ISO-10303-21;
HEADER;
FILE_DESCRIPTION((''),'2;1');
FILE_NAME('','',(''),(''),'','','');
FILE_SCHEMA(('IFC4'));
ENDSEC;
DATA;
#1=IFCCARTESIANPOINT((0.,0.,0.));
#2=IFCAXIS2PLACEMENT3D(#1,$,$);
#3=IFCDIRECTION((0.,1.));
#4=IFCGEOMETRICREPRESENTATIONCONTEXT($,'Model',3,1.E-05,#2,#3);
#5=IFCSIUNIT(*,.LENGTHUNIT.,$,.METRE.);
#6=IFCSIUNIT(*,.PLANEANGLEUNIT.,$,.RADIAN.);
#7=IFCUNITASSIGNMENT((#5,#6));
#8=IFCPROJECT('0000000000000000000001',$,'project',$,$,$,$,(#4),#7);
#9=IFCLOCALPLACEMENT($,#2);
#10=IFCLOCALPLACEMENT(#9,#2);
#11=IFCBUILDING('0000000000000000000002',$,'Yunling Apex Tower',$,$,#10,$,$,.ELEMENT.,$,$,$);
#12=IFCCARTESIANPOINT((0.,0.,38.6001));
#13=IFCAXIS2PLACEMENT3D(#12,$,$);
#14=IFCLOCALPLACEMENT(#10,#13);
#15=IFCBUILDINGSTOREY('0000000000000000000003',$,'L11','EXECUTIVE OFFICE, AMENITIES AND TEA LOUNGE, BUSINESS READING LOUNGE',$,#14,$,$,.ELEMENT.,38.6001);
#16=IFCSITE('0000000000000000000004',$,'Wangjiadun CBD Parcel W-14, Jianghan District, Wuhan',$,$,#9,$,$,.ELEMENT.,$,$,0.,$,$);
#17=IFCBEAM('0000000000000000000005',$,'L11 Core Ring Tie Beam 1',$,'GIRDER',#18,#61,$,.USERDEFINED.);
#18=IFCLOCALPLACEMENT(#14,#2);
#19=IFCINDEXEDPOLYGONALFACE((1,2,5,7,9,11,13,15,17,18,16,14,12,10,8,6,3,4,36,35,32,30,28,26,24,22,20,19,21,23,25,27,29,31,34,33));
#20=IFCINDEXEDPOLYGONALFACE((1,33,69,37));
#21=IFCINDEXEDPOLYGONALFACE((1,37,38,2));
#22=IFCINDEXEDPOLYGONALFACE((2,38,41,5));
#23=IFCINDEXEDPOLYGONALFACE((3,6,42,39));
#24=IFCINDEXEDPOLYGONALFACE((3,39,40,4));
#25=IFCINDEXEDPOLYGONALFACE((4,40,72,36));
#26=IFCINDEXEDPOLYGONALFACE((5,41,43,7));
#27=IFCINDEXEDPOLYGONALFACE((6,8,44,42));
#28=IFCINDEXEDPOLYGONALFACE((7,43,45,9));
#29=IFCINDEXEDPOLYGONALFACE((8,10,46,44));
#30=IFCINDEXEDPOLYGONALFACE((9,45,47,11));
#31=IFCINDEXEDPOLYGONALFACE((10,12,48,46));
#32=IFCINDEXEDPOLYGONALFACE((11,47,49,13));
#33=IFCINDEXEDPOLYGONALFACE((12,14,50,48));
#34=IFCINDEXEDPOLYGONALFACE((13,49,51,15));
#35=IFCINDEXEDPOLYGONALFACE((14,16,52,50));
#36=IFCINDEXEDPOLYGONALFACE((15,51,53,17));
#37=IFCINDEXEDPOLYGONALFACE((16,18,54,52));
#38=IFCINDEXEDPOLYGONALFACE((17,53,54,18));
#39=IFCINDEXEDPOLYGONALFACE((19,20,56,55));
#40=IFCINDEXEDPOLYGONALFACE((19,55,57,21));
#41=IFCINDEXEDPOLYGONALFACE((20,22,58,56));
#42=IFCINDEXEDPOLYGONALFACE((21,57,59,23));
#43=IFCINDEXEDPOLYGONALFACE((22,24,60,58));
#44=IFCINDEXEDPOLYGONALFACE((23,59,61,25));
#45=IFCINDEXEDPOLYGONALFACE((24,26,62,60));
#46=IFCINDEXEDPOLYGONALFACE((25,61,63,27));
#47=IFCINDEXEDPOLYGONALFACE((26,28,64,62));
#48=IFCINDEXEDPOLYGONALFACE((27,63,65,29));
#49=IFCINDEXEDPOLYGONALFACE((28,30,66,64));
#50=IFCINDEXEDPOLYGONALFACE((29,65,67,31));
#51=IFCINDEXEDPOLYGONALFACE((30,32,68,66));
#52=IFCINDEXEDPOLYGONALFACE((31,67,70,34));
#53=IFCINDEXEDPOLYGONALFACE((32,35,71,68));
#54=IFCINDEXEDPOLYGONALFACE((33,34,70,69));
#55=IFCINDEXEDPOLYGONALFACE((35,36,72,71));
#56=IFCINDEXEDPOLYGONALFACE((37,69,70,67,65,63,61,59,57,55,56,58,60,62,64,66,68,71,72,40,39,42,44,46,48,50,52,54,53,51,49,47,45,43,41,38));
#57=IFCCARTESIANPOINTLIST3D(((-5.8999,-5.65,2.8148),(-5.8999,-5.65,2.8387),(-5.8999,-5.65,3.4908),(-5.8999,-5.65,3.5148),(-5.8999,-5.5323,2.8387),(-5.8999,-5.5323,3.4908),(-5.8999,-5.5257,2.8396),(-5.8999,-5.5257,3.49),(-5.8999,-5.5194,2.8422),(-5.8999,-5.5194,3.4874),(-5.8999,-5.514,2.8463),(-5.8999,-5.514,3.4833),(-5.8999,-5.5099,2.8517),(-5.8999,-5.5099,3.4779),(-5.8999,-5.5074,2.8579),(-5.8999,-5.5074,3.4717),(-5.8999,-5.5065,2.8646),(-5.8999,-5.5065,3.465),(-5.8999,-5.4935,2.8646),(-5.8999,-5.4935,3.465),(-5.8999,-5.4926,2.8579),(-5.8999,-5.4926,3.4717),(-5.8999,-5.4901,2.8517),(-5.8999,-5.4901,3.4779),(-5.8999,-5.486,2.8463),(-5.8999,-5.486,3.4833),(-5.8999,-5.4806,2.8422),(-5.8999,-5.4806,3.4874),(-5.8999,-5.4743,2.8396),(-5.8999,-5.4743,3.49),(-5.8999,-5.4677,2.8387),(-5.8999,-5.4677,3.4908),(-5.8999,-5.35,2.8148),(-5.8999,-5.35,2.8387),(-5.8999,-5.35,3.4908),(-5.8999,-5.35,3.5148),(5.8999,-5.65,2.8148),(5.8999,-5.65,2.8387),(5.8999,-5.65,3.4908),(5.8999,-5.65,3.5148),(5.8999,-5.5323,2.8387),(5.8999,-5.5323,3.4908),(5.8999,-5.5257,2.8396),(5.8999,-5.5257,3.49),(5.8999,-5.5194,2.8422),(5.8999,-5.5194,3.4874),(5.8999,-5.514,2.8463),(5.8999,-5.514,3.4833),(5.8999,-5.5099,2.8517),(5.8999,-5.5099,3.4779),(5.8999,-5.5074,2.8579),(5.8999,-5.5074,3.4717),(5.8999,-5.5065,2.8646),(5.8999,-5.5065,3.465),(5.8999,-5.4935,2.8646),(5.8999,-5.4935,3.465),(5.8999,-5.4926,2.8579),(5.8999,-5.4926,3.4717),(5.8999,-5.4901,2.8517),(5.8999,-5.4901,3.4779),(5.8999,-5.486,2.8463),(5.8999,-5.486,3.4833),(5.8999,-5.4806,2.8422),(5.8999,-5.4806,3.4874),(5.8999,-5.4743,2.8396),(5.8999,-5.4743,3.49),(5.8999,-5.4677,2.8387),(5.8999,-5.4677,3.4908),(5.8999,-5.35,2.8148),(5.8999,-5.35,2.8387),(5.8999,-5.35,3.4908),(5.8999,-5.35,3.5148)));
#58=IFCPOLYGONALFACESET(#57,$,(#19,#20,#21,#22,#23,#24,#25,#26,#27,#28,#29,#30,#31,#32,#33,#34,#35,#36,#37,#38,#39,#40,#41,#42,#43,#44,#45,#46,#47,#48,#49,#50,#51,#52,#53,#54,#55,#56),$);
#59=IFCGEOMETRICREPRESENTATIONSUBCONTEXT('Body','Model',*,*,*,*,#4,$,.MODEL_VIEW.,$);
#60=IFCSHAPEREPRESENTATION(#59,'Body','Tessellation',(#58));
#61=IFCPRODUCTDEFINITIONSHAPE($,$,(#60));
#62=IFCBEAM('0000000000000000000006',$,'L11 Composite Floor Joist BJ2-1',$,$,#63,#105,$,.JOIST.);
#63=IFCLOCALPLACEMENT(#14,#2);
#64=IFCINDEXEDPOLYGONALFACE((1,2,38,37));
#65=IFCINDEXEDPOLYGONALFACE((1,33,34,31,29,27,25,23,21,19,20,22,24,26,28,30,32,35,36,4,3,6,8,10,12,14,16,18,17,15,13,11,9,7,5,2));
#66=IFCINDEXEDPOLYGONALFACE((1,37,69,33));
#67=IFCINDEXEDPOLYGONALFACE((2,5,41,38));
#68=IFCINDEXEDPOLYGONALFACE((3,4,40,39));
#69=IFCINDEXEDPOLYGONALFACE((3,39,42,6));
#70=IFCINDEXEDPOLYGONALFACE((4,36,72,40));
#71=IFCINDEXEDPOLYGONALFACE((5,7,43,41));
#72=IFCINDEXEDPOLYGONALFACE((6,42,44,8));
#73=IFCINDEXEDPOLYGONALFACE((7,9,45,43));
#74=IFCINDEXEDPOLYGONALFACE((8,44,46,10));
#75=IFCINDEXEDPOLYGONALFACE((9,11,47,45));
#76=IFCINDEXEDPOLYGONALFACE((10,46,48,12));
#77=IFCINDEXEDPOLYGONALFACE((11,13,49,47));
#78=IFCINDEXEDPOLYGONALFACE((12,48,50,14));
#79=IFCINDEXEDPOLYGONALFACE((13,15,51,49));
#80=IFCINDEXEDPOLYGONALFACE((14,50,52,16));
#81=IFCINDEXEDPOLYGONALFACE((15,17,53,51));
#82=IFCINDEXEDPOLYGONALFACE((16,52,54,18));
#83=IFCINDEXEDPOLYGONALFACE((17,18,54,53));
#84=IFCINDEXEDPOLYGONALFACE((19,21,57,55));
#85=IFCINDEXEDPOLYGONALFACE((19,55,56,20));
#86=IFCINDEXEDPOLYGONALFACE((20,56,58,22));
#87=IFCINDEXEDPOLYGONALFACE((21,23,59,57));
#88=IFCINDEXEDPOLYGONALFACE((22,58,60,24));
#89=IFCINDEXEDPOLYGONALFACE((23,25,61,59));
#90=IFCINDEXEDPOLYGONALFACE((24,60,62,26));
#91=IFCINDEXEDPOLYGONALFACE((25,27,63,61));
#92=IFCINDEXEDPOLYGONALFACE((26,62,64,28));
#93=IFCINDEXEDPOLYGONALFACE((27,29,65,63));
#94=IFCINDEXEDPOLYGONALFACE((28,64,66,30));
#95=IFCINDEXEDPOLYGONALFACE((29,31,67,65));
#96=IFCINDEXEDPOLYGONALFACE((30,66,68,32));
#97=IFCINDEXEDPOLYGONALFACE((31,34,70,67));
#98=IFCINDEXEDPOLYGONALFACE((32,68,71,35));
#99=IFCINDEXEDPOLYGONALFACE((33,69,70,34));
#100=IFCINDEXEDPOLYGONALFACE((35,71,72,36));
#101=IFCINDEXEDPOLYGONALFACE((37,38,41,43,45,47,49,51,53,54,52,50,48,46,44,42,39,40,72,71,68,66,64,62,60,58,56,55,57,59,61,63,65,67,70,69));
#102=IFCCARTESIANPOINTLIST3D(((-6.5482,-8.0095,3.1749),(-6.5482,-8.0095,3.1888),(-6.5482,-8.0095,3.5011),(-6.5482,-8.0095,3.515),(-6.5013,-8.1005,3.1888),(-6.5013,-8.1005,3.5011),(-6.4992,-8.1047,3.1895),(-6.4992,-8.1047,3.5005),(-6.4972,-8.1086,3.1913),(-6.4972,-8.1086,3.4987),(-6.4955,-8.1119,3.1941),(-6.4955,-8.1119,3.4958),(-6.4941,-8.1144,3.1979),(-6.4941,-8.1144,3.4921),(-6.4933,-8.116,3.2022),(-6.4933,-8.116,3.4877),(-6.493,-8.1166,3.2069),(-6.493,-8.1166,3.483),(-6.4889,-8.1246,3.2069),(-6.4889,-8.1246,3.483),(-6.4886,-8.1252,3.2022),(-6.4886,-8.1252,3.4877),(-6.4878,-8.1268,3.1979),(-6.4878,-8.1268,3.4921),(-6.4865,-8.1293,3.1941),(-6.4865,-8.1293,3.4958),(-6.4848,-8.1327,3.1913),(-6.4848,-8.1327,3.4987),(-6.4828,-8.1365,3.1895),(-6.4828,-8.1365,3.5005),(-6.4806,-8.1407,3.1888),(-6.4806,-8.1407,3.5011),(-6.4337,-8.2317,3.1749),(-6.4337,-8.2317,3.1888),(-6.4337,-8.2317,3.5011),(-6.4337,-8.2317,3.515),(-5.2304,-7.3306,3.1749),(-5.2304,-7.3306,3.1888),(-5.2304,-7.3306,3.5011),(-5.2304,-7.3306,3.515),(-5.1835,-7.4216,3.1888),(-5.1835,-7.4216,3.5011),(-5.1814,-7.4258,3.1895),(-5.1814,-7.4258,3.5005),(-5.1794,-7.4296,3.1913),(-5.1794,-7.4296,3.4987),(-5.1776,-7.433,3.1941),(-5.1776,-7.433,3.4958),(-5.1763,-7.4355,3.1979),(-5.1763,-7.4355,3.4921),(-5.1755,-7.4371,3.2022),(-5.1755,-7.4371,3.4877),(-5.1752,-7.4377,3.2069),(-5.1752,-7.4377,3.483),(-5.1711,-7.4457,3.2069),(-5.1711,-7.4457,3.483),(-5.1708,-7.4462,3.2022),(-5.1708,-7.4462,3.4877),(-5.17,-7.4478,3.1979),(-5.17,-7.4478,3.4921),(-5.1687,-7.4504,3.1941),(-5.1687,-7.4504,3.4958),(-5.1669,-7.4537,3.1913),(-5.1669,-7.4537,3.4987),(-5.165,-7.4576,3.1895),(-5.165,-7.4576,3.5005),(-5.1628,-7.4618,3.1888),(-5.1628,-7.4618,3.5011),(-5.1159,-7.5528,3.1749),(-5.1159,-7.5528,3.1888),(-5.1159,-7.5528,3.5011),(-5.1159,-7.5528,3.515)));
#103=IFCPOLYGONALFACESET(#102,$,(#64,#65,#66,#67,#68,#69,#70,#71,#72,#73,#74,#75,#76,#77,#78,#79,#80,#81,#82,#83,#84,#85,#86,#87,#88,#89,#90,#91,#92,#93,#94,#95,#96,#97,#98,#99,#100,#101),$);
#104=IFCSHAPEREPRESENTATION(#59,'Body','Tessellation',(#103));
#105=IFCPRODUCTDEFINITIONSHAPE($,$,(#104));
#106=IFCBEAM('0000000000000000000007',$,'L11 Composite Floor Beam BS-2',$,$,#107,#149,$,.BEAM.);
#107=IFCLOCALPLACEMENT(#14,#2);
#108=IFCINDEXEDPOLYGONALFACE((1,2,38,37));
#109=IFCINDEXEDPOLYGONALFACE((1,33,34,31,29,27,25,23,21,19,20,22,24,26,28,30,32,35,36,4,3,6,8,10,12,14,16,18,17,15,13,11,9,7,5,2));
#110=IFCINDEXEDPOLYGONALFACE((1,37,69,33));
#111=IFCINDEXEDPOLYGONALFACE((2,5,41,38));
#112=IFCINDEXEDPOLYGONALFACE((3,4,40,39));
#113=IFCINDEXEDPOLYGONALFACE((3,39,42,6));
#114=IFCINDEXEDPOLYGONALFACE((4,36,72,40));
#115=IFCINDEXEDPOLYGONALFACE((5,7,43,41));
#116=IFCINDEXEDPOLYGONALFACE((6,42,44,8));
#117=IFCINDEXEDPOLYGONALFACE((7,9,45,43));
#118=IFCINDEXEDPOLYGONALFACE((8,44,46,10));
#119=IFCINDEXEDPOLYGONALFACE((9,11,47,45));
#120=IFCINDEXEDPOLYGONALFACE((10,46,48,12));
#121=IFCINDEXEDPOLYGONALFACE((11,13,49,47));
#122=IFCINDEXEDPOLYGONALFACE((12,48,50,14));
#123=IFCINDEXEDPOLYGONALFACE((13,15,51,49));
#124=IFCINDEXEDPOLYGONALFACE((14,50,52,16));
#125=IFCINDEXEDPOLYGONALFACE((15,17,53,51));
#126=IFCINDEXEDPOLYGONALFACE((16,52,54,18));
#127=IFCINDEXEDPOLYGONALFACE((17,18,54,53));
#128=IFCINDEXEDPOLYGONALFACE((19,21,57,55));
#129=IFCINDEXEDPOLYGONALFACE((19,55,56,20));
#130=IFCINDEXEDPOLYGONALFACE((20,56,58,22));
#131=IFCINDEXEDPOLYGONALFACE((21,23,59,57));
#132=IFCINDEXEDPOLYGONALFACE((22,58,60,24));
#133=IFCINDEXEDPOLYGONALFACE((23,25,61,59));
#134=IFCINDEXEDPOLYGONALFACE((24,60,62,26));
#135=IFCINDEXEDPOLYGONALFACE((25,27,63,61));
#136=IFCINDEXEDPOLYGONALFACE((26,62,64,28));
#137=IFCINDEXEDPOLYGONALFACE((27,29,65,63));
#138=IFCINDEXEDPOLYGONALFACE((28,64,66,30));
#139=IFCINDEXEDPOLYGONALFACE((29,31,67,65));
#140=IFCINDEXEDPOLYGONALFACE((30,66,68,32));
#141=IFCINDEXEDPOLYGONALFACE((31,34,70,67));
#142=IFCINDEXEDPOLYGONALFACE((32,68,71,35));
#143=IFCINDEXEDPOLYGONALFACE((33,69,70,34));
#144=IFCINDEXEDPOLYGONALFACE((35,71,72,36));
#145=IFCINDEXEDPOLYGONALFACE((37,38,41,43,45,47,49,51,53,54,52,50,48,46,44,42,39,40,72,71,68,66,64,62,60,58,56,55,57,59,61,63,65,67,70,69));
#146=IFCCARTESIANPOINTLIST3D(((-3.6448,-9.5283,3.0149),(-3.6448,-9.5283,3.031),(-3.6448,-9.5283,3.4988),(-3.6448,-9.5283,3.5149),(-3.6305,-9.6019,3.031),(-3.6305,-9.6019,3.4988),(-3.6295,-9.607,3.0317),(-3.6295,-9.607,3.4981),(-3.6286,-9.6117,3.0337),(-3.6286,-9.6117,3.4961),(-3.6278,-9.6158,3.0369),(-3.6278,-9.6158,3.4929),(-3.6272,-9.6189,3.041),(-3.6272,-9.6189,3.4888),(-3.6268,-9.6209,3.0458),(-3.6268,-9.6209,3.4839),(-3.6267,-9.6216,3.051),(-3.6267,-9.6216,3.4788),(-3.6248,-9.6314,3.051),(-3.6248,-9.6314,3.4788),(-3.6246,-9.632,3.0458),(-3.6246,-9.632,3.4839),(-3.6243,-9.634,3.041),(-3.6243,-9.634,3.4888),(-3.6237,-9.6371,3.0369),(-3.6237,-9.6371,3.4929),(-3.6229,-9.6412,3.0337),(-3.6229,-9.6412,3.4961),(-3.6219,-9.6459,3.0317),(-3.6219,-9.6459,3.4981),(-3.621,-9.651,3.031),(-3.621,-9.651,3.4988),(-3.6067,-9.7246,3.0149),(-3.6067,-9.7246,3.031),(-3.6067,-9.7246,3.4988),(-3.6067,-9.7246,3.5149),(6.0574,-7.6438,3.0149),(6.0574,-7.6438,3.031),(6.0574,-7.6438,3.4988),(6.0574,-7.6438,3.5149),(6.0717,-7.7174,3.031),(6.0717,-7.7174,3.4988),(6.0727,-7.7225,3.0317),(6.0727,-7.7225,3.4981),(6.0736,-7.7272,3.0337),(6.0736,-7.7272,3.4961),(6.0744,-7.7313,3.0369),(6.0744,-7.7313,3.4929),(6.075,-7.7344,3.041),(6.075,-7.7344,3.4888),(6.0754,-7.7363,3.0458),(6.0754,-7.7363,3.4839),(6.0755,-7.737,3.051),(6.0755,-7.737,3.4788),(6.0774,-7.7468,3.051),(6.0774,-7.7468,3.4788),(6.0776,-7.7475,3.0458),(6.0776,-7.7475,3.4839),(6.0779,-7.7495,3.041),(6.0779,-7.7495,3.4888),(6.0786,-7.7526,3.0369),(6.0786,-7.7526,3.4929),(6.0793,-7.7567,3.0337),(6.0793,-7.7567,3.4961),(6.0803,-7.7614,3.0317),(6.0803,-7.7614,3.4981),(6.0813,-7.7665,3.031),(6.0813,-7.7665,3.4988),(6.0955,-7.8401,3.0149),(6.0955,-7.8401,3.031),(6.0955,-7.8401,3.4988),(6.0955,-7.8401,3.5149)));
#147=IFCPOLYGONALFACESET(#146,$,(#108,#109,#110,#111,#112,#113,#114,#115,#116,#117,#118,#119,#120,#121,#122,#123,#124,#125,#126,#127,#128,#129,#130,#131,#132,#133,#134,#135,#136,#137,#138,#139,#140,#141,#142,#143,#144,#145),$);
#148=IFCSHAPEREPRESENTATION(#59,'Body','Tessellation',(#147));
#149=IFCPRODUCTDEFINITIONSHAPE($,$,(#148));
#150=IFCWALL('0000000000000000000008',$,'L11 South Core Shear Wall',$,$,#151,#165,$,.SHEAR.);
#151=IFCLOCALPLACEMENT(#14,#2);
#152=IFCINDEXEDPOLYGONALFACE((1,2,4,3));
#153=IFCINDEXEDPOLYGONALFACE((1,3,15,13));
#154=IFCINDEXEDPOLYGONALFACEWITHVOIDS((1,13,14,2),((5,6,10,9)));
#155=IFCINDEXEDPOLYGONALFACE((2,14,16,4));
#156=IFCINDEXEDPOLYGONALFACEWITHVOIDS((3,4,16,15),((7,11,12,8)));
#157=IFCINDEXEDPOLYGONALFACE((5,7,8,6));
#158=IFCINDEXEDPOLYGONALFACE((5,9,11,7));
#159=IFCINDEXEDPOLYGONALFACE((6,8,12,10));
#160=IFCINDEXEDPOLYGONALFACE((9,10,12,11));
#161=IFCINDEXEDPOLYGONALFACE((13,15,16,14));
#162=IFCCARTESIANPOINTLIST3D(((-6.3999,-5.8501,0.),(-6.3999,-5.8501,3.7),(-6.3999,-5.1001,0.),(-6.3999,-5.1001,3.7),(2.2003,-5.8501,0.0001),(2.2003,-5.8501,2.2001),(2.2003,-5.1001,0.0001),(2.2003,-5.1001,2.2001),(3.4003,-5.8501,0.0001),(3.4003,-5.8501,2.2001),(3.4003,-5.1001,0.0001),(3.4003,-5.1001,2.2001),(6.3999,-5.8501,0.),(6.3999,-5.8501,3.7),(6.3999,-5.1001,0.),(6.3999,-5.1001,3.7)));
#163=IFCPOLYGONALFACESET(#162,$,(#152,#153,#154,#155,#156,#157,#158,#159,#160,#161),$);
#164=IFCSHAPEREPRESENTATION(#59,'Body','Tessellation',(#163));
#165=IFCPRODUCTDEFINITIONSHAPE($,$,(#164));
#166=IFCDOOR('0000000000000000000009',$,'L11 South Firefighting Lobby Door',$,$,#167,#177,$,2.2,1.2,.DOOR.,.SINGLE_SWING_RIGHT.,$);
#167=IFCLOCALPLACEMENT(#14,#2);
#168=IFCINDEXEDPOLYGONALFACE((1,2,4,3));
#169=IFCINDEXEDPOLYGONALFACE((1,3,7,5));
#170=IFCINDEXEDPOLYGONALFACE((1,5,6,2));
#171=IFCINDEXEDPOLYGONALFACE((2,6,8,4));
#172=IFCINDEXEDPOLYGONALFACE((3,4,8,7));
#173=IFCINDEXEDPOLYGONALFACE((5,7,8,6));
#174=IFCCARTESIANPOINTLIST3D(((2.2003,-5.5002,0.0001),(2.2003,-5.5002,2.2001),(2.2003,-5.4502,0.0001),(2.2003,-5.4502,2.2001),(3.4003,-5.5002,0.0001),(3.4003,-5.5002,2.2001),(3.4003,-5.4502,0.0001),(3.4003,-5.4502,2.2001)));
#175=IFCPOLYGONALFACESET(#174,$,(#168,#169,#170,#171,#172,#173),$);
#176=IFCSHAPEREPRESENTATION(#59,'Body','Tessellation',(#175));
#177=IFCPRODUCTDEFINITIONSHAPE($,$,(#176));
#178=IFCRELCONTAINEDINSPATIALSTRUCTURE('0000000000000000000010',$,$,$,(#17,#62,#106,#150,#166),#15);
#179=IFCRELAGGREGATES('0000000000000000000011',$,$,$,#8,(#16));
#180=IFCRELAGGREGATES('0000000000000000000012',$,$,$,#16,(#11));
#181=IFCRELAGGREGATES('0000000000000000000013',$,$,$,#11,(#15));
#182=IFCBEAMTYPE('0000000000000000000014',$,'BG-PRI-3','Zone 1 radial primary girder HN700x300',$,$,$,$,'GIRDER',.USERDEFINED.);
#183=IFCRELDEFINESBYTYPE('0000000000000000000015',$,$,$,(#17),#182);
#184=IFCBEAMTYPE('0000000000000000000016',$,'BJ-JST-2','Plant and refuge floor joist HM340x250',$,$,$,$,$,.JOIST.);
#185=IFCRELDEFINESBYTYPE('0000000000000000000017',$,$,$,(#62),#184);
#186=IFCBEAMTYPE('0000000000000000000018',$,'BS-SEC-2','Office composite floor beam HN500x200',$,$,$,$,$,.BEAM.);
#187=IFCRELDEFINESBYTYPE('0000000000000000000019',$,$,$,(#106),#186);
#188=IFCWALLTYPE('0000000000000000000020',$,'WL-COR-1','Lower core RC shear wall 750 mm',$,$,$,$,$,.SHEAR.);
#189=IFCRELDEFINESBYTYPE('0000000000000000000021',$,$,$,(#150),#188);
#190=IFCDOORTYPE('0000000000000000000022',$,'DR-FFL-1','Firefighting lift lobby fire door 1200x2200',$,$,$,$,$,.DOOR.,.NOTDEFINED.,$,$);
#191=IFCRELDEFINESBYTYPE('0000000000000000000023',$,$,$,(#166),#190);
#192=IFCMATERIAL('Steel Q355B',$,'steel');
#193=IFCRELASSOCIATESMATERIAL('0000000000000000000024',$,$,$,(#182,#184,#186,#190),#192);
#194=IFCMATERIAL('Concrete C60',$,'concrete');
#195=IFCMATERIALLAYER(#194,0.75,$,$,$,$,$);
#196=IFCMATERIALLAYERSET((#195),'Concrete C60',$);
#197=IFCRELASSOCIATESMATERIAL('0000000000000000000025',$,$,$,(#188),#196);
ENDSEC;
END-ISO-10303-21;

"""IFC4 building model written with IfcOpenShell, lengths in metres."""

from ifc_helpers import new_model, si_unit, direction, frame, frame_2d, origin, origin_2d, place, context, subcontext, project, spatial, rectangle, i_section, extrude, source, transform, mapped, material, layer, layer_set, material_profile, profile_set, type_object, element, fill, save


model = new_model("IFC4")

# Units and contexts
model_context = context("Model", 3, precision=1e-05, world=origin(), true_north=direction((0.0, 1.0)))
body_context = subcontext(model_context, "Body", "Model", "MODEL_VIEW")
ifc_project = project(units=[si_unit("LENGTHUNIT", "METRE"), si_unit("PLANEANGLEUNIT", "RADIAN")], contexts=[model_context])

# Site, building, storey
site_placement = place(None, origin())
site = spatial("IfcSite", under=ifc_project, at=site_placement, Name="Wangjiadun CBD Parcel W-14, Jianghan District, Wuhan", CompositionType="ELEMENT", RefElevation=0.0)
building_placement = place(site_placement, origin())
building = spatial("IfcBuilding", under=site, at=building_placement, Name="Yunling Apex Tower", CompositionType="ELEMENT")
storey_placement = place(building_placement, frame((0.0, 0.0, 38.6001)))
storey = spatial("IfcBuildingStorey", under=building, at=storey_placement, Name="L11", Description="EXECUTIVE OFFICE, AMENITIES AND TEA LOUNGE, BUSINESS READING LOUNGE", CompositionType="ELEMENT", Elevation=38.6001)

# Shared definitions
ifc_material_1 = material(Name="Concrete C60", Category="concrete")

# Beams
ifc_material_2 = material(Name="Steel Q355B", Category="steel")
ifc_material_profile_1 = material_profile(ifc_material_2, i_section(OverallWidth=0.3, OverallDepth=0.7, WebThickness=0.0129, FlangeThickness=0.0239, FilletRadius=0.0259, at=origin_2d()))
ifc_profile_set_1 = profile_set([ifc_material_profile_1], Name="Steel Q355B")
beam_type_1 = type_object("IfcBeamType", Name="BG-PRI-3", Description="Zone 1 radial primary girder HN700x300", ElementType="GIRDER", PredefinedType="USERDEFINED", material=ifc_profile_set_1)
shared_shape_1 = source(origin(), body_context, "Body", "SweptSolid", [
    extrude(i_section(OverallWidth=0.3, OverallDepth=0.7, WebThickness=0.0129, FlangeThickness=0.0239, FilletRadius=0.0259, at=origin_2d()), origin(), (0.0, 0.0, 1.0), 11.7998),
])
beam_1_placement = place(storey_placement, frame((-5.8999, -5.5, 3.1648), z_axis=(1.0, 0.0, 0.0), x_axis=(0.0, 1.0, 0.0)))
element("IfcBeam", 1, at=beam_1_placement, inside=storey, type_object=beam_type_1, Name="L11 Core Ring Tie Beam 1", ObjectType="GIRDER", PredefinedType="USERDEFINED", context=body_context, shape_type="MappedRepresentation", body=[
    mapped(shared_shape_1, transform((0.0, 0.0, 0.0), scale=1.0)),
])
ifc_material_profile_2 = material_profile(ifc_material_2, i_section(OverallWidth=0.25, OverallDepth=0.3401, WebThickness=0.009, FlangeThickness=0.0139, FilletRadius=0.0181, at=origin_2d()))
ifc_profile_set_2 = profile_set([ifc_material_profile_2], Name="Steel Q355B")
beam_type_2 = type_object("IfcBeamType", Name="BJ-JST-2", Description="Plant and refuge floor joist HM340x250", PredefinedType="JOIST", material=ifc_profile_set_2)
shared_shape_2 = source(origin(), body_context, "Body", "SweptSolid", [
    extrude(i_section(OverallWidth=0.25, OverallDepth=0.3401, WebThickness=0.009, FlangeThickness=0.0139, FilletRadius=0.0181, at=origin_2d()), origin(), (0.0, 0.0, 1.0), 1.4824),
])
beam_2_placement = place(storey_placement, frame((-6.491, -8.1206, 3.345), z_axis=(0.88896, 0.457984, 0.0), x_axis=(-0.457984, 0.88896, 0.0)))
element("IfcBeam", 2, at=beam_2_placement, inside=storey, type_object=beam_type_2, Name="L11 Composite Floor Joist BJ2-1", PredefinedType="JOIST", context=body_context, shape_type="MappedRepresentation", body=[
    mapped(shared_shape_2, transform((0.0, 0.0, 0.0), scale=1.0)),
])
ifc_material_profile_3 = material_profile(ifc_material_2, i_section(OverallWidth=0.2, OverallDepth=0.5, WebThickness=0.01, FlangeThickness=0.0161, FilletRadius=0.02, at=origin_2d()))
ifc_profile_set_3 = profile_set([ifc_material_profile_3], Name="Steel Q355B")
beam_type_3 = type_object("IfcBeamType", Name="BS-SEC-2", Description="Office composite floor beam HN500x200", PredefinedType="BEAM", material=ifc_profile_set_3)
shared_shape_3 = source(origin(), body_context, "Body", "SweptSolid", [
    extrude(i_section(OverallWidth=0.2, OverallDepth=0.5, WebThickness=0.01, FlangeThickness=0.0161, FilletRadius=0.02, at=origin_2d()), origin(), (0.0, 0.0, 1.0), 9.8835),
])
beam_3_placement = place(storey_placement, frame((-3.6257, -9.6265, 3.2649), z_axis=(0.981653, 0.190674, 0.0), x_axis=(-0.190674, 0.981653, 0.0)))
element("IfcBeam", 3, at=beam_3_placement, inside=storey, type_object=beam_type_3, Name="L11 Composite Floor Beam BS-2", PredefinedType="BEAM", context=body_context, shape_type="MappedRepresentation", body=[
    mapped(shared_shape_3, transform((0.0, 0.0, 0.0), scale=1.0)),
])

# Wall, opening, door
ifc_layer_1 = layer(ifc_material_1, 0.75)
ifc_layer_set_1 = layer_set([ifc_layer_1], Name="Concrete C60")
wall_type_1 = type_object("IfcWallType", Name="WL-COR-1", Description="Lower core RC shear wall 750 mm", PredefinedType="SHEAR", material=ifc_layer_set_1)
wall_1_placement = place(storey_placement, frame((-6.3999, -5.4751, 0.0), z_axis=(0.0, 0.0, 1.0), x_axis=(1.0, 0.0, 0.0)))
wall_1 = element("IfcWall", 4, at=wall_1_placement, inside=storey, type_object=wall_type_1, Name="L11 South Core Shear Wall", PredefinedType="SHEAR", context=body_context, shape_type="SweptSolid", body=[
    extrude(rectangle(XDim=12.7998, YDim=0.75, at=frame_2d((6.3999, 0.0))), origin(), (0.0, 0.0, 1.0), 3.7),
])
opening_1_placement = place(wall_1_placement, frame((8.6001, 0.0, 0.0)))
opening_1 = element("IfcOpeningElement", 5, at=opening_1_placement, cuts=wall_1, PredefinedType="OPENING", context=body_context, shape_type="SweptSolid", body=[
    extrude(rectangle(XDim=1.2, YDim=2.2, at=frame_2d((0.6001, 1.1001))), frame((0.0, 0.385, 0.0), z_axis=(0.0, -1.0, 0.0), x_axis=(1.0, 0.0, 0.0)), (0.0, 0.0, 1.0), 0.77),
])
door_type_1 = type_object("IfcDoorType", Name="DR-FFL-1", Description="Firefighting lift lobby fire door 1200x2200", OperationType="NOTDEFINED", PredefinedType="DOOR", material=ifc_material_2)
door_1_placement = place(opening_1_placement, origin())
door_1 = element("IfcDoor", 6, at=door_1_placement, inside=storey, type_object=door_type_1, Name="L11 South Firefighting Lobby Door", OperationType="SINGLE_SWING_RIGHT", OverallHeight=2.2, OverallWidth=1.2, PredefinedType="DOOR", context=body_context, shape_type="SweptSolid", body=[
    extrude(rectangle(XDim=1.2, YDim=2.2, at=frame_2d((0.6001, 1.1001))), frame((0.0, 0.0249, 0.0), z_axis=(0.0, -1.0, 0.0), x_axis=(1.0, 0.0, 0.0)), (0.0, 0.0, 1.0), 0.05),
])
fill(opening_1, door_1)

save(model, "model.ifc")
